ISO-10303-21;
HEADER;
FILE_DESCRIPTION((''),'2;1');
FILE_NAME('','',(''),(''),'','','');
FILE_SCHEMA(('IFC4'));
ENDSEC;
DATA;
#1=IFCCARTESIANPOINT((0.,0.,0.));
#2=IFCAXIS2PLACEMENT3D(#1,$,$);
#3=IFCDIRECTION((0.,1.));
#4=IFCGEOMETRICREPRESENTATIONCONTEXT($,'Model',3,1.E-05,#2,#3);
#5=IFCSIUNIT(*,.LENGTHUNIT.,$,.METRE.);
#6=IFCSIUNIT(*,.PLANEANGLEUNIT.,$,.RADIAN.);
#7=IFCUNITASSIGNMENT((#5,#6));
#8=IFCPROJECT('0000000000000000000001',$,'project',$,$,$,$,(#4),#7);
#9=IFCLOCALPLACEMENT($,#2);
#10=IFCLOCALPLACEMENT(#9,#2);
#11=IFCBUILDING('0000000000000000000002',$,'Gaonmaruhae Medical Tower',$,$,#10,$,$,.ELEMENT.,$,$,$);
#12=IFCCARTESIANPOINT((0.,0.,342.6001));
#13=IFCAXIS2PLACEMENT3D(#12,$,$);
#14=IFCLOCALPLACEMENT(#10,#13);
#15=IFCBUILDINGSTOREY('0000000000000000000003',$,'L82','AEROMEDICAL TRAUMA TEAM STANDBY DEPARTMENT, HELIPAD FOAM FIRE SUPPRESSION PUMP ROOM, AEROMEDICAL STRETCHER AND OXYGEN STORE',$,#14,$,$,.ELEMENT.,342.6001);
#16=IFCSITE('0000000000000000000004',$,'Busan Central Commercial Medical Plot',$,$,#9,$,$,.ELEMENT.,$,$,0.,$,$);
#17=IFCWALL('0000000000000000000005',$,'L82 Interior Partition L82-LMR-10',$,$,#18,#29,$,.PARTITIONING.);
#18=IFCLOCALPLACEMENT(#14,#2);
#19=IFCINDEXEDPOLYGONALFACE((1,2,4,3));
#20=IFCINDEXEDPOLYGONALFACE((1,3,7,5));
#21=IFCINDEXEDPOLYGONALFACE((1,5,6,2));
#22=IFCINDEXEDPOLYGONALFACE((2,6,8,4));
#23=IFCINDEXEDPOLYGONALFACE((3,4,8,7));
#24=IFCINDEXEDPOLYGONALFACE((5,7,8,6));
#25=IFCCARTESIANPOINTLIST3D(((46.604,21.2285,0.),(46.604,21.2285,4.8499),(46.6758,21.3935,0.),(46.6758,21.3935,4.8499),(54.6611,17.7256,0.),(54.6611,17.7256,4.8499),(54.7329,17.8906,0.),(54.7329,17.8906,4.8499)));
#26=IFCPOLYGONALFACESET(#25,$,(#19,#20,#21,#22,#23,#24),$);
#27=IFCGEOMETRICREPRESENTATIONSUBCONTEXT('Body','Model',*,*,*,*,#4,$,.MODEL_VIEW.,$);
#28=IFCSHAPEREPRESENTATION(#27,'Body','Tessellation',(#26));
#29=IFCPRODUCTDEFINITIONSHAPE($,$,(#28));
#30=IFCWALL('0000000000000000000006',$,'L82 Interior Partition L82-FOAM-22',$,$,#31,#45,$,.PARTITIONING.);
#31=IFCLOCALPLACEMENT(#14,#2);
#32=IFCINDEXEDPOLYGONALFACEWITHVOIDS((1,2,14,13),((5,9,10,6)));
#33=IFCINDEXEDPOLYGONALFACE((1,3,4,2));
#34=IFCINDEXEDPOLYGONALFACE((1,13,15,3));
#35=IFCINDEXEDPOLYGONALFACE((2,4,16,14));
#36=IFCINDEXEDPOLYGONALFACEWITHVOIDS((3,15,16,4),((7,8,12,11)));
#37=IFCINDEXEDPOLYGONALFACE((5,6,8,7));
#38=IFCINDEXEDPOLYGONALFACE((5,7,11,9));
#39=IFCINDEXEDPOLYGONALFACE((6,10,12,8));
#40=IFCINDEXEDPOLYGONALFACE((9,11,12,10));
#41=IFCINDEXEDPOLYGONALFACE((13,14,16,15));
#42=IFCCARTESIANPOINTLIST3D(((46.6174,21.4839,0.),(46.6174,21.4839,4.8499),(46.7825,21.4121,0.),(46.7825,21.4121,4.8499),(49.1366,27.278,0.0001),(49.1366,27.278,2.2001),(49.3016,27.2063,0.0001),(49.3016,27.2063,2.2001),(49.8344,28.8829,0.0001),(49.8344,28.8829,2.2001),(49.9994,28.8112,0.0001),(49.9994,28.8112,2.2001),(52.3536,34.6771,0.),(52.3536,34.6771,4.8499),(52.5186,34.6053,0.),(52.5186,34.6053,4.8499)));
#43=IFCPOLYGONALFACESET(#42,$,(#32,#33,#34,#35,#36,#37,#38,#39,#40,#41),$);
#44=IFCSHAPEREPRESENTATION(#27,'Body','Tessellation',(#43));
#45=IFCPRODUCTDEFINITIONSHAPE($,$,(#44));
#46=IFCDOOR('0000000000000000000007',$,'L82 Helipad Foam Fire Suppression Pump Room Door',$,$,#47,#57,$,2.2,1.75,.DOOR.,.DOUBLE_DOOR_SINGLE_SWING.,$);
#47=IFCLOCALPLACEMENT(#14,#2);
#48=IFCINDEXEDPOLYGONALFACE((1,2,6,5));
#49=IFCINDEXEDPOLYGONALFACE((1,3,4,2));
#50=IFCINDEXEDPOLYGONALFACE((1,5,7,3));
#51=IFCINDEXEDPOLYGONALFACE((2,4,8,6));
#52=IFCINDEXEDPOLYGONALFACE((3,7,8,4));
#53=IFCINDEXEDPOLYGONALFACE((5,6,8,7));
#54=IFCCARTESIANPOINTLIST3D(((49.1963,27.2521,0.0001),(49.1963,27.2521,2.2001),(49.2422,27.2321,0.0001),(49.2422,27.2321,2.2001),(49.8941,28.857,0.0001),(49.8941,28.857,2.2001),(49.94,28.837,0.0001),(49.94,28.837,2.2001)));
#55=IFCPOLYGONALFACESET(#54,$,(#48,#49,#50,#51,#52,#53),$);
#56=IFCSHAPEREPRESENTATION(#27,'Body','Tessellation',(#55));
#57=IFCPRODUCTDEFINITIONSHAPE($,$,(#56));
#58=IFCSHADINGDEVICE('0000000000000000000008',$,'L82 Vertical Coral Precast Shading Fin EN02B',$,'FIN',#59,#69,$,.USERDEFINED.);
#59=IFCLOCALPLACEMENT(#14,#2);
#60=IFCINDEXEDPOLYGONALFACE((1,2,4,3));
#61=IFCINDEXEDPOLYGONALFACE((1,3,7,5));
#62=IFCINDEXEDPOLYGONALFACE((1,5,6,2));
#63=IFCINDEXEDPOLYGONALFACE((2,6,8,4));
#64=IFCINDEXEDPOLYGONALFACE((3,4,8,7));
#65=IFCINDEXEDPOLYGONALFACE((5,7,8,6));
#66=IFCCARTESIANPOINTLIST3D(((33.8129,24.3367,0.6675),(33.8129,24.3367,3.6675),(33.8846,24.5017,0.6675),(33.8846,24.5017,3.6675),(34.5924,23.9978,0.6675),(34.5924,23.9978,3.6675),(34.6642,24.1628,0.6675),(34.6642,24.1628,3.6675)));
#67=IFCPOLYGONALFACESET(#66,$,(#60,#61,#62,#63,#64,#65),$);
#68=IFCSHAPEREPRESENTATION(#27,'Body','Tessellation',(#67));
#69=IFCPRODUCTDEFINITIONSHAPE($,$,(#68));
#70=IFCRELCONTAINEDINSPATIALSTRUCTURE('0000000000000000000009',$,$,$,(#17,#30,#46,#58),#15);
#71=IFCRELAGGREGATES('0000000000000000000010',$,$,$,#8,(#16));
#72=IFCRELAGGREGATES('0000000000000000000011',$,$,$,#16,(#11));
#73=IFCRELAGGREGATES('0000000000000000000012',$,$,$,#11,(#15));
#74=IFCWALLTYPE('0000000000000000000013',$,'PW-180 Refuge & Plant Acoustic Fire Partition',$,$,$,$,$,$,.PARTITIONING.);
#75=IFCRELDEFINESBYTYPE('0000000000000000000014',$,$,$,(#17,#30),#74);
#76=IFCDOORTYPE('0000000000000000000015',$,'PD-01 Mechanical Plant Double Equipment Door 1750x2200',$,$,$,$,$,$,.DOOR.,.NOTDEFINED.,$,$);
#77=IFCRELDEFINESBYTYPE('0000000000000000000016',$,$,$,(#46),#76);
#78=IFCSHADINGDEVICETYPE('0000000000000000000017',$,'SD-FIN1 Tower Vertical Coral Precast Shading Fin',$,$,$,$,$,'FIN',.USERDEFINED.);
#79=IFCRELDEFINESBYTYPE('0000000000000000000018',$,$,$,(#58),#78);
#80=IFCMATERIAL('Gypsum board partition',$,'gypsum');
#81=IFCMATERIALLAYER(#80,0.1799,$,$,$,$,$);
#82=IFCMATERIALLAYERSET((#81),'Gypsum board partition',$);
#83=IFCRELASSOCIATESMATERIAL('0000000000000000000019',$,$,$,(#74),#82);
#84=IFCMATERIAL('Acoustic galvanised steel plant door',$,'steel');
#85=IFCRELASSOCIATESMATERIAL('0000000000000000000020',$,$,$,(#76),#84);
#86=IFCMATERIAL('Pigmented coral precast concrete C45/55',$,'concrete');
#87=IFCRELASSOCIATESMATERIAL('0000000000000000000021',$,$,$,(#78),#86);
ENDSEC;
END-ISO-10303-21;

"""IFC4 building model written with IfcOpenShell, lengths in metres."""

from ifc_helpers import new_model, si_unit, direction, frame, frame_2d, origin, origin_2d, place, context, subcontext, project, spatial, rectangle, extrude, material, layer, layer_set, type_object, element, fill, save


model = new_model("IFC4")

# Units and contexts
model_context = context("Model", 3, precision=1e-05, world=origin(), true_north=direction((0.0, 1.0)))
body_context = subcontext(model_context, "Body", "Model", "MODEL_VIEW")
ifc_project = project(units=[si_unit("LENGTHUNIT", "METRE"), si_unit("PLANEANGLEUNIT", "RADIAN")], contexts=[model_context])

# Site, building, storey
site_placement = place(None, origin())
site = spatial("IfcSite", under=ifc_project, at=site_placement, Name="Busan Central Commercial Medical Plot", CompositionType="ELEMENT", RefElevation=0.0)
building_placement = place(site_placement, origin())
building = spatial("IfcBuilding", under=site, at=building_placement, Name="Gaonmaruhae Medical Tower", CompositionType="ELEMENT")
storey_placement = place(building_placement, frame((0.0, 0.0, 342.6001)))
storey = spatial("IfcBuildingStorey", under=building, at=storey_placement, Name="L82", Description="AEROMEDICAL TRAUMA TEAM STANDBY DEPARTMENT, HELIPAD FOAM FIRE SUPPRESSION PUMP ROOM, AEROMEDICAL STRETCHER AND OXYGEN STORE", CompositionType="ELEMENT", Elevation=342.6001)

# Wall
ifc_material_1 = material(Name="Gypsum board partition", Category="gypsum")
ifc_layer_1 = layer(ifc_material_1, 0.1799)
ifc_layer_set_1 = layer_set([ifc_layer_1], Name="Gypsum board partition")
wall_type_1 = type_object("IfcWallType", Name="PW-180 Refuge & Plant Acoustic Fire Partition", PredefinedType="PARTITIONING", material=ifc_layer_set_1)
wall_1_placement = place(storey_placement, frame((46.6399, 21.311, 0.0), z_axis=(0.0, 0.0, 1.0), x_axis=(0.917077, -0.39871, 0.0)))
element("IfcWall", 1, at=wall_1_placement, inside=storey, type_object=wall_type_1, Name="L82 Interior Partition L82-LMR-10", PredefinedType="PARTITIONING", context=body_context, shape_type="SweptSolid", body=[
    extrude(rectangle(XDim=8.7856, YDim=0.1799, at=frame_2d((4.3928, 0.0))), origin(), (0.0, 0.0, 1.0), 4.8499),
])

# Wall, opening, door
wall_2_placement = place(storey_placement, frame((46.7, 21.448, 0.0), z_axis=(0.0, 0.0, 1.0), x_axis=(0.398723, 0.917071, 0.0)))
wall_2 = element("IfcWall", 2, at=wall_2_placement, inside=storey, type_object=wall_type_1, Name="L82 Interior Partition L82-FOAM-22", PredefinedType="PARTITIONING", context=body_context, shape_type="SweptSolid", body=[
    extrude(rectangle(XDim=14.3862, YDim=0.1799, at=frame_2d((7.1931, 0.0))), origin(), (0.0, 0.0, 1.0), 4.8499),
])
opening_1_placement = place(wall_2_placement, frame((6.3181, 0.0, 0.0)))
opening_1 = element("IfcOpeningElement", 3, at=opening_1_placement, cuts=wall_2, PredefinedType="OPENING", context=body_context, shape_type="SweptSolid", body=[
    extrude(rectangle(XDim=1.75, YDim=2.2, at=frame_2d((0.875, 1.1001))), frame((0.0, 0.1001, 0.0), z_axis=(0.0, -1.0, 0.0), x_axis=(1.0, 0.0, 0.0)), (0.0, 0.0, 1.0), 0.2),
])
ifc_material_2 = material(Name="Acoustic galvanised steel plant door", Category="steel")
door_type = type_object("IfcDoorType", Name="PD-01 Mechanical Plant Double Equipment Door 1750x2200", OperationType="NOTDEFINED", PredefinedType="DOOR", material=ifc_material_2)
door_placement = place(opening_1_placement, origin())
door = element("IfcDoor", 4, at=door_placement, inside=storey, type_object=door_type, Name="L82 Helipad Foam Fire Suppression Pump Room Door", OperationType="DOUBLE_DOOR_SINGLE_SWING", OverallHeight=2.2, OverallWidth=1.75, PredefinedType="DOOR", context=body_context, shape_type="SweptSolid", body=[
    extrude(rectangle(XDim=1.75, YDim=2.2, at=frame_2d((0.875, 1.1001))), frame((0.0, 0.0249, 0.0), z_axis=(0.0, -1.0, 0.0), x_axis=(1.0, 0.0, 0.0)), (0.0, 0.0, 1.0), 0.05),
])
fill(opening_1, door)

# Shading device
ifc_material_3 = material(Name="Pigmented coral precast concrete C45/55", Category="concrete")
shading_device_type = type_object("IfcShadingDeviceType", Name="SD-FIN1 Tower Vertical Coral Precast Shading Fin", ElementType="FIN", PredefinedType="USERDEFINED", material=ifc_material_3)
shading_device_placement = place(storey_placement, frame((34.2385, 24.2498, 0.6675), z_axis=(0.0, 0.0, 1.0), x_axis=(0.398749, 0.91706, 0.0)))
element("IfcShadingDevice", 5, at=shading_device_placement, inside=storey, type_object=shading_device_type, Name="L82 Vertical Coral Precast Shading Fin EN02B", ObjectType="FIN", PredefinedType="USERDEFINED", context=body_context, shape_type="SweptSolid", body=[
    extrude(rectangle(XDim=0.1799, YDim=0.8501, at=origin_2d()), origin(), (0.0, 0.0, 1.0), 3.0),
])

save(model, "model.ifc")
